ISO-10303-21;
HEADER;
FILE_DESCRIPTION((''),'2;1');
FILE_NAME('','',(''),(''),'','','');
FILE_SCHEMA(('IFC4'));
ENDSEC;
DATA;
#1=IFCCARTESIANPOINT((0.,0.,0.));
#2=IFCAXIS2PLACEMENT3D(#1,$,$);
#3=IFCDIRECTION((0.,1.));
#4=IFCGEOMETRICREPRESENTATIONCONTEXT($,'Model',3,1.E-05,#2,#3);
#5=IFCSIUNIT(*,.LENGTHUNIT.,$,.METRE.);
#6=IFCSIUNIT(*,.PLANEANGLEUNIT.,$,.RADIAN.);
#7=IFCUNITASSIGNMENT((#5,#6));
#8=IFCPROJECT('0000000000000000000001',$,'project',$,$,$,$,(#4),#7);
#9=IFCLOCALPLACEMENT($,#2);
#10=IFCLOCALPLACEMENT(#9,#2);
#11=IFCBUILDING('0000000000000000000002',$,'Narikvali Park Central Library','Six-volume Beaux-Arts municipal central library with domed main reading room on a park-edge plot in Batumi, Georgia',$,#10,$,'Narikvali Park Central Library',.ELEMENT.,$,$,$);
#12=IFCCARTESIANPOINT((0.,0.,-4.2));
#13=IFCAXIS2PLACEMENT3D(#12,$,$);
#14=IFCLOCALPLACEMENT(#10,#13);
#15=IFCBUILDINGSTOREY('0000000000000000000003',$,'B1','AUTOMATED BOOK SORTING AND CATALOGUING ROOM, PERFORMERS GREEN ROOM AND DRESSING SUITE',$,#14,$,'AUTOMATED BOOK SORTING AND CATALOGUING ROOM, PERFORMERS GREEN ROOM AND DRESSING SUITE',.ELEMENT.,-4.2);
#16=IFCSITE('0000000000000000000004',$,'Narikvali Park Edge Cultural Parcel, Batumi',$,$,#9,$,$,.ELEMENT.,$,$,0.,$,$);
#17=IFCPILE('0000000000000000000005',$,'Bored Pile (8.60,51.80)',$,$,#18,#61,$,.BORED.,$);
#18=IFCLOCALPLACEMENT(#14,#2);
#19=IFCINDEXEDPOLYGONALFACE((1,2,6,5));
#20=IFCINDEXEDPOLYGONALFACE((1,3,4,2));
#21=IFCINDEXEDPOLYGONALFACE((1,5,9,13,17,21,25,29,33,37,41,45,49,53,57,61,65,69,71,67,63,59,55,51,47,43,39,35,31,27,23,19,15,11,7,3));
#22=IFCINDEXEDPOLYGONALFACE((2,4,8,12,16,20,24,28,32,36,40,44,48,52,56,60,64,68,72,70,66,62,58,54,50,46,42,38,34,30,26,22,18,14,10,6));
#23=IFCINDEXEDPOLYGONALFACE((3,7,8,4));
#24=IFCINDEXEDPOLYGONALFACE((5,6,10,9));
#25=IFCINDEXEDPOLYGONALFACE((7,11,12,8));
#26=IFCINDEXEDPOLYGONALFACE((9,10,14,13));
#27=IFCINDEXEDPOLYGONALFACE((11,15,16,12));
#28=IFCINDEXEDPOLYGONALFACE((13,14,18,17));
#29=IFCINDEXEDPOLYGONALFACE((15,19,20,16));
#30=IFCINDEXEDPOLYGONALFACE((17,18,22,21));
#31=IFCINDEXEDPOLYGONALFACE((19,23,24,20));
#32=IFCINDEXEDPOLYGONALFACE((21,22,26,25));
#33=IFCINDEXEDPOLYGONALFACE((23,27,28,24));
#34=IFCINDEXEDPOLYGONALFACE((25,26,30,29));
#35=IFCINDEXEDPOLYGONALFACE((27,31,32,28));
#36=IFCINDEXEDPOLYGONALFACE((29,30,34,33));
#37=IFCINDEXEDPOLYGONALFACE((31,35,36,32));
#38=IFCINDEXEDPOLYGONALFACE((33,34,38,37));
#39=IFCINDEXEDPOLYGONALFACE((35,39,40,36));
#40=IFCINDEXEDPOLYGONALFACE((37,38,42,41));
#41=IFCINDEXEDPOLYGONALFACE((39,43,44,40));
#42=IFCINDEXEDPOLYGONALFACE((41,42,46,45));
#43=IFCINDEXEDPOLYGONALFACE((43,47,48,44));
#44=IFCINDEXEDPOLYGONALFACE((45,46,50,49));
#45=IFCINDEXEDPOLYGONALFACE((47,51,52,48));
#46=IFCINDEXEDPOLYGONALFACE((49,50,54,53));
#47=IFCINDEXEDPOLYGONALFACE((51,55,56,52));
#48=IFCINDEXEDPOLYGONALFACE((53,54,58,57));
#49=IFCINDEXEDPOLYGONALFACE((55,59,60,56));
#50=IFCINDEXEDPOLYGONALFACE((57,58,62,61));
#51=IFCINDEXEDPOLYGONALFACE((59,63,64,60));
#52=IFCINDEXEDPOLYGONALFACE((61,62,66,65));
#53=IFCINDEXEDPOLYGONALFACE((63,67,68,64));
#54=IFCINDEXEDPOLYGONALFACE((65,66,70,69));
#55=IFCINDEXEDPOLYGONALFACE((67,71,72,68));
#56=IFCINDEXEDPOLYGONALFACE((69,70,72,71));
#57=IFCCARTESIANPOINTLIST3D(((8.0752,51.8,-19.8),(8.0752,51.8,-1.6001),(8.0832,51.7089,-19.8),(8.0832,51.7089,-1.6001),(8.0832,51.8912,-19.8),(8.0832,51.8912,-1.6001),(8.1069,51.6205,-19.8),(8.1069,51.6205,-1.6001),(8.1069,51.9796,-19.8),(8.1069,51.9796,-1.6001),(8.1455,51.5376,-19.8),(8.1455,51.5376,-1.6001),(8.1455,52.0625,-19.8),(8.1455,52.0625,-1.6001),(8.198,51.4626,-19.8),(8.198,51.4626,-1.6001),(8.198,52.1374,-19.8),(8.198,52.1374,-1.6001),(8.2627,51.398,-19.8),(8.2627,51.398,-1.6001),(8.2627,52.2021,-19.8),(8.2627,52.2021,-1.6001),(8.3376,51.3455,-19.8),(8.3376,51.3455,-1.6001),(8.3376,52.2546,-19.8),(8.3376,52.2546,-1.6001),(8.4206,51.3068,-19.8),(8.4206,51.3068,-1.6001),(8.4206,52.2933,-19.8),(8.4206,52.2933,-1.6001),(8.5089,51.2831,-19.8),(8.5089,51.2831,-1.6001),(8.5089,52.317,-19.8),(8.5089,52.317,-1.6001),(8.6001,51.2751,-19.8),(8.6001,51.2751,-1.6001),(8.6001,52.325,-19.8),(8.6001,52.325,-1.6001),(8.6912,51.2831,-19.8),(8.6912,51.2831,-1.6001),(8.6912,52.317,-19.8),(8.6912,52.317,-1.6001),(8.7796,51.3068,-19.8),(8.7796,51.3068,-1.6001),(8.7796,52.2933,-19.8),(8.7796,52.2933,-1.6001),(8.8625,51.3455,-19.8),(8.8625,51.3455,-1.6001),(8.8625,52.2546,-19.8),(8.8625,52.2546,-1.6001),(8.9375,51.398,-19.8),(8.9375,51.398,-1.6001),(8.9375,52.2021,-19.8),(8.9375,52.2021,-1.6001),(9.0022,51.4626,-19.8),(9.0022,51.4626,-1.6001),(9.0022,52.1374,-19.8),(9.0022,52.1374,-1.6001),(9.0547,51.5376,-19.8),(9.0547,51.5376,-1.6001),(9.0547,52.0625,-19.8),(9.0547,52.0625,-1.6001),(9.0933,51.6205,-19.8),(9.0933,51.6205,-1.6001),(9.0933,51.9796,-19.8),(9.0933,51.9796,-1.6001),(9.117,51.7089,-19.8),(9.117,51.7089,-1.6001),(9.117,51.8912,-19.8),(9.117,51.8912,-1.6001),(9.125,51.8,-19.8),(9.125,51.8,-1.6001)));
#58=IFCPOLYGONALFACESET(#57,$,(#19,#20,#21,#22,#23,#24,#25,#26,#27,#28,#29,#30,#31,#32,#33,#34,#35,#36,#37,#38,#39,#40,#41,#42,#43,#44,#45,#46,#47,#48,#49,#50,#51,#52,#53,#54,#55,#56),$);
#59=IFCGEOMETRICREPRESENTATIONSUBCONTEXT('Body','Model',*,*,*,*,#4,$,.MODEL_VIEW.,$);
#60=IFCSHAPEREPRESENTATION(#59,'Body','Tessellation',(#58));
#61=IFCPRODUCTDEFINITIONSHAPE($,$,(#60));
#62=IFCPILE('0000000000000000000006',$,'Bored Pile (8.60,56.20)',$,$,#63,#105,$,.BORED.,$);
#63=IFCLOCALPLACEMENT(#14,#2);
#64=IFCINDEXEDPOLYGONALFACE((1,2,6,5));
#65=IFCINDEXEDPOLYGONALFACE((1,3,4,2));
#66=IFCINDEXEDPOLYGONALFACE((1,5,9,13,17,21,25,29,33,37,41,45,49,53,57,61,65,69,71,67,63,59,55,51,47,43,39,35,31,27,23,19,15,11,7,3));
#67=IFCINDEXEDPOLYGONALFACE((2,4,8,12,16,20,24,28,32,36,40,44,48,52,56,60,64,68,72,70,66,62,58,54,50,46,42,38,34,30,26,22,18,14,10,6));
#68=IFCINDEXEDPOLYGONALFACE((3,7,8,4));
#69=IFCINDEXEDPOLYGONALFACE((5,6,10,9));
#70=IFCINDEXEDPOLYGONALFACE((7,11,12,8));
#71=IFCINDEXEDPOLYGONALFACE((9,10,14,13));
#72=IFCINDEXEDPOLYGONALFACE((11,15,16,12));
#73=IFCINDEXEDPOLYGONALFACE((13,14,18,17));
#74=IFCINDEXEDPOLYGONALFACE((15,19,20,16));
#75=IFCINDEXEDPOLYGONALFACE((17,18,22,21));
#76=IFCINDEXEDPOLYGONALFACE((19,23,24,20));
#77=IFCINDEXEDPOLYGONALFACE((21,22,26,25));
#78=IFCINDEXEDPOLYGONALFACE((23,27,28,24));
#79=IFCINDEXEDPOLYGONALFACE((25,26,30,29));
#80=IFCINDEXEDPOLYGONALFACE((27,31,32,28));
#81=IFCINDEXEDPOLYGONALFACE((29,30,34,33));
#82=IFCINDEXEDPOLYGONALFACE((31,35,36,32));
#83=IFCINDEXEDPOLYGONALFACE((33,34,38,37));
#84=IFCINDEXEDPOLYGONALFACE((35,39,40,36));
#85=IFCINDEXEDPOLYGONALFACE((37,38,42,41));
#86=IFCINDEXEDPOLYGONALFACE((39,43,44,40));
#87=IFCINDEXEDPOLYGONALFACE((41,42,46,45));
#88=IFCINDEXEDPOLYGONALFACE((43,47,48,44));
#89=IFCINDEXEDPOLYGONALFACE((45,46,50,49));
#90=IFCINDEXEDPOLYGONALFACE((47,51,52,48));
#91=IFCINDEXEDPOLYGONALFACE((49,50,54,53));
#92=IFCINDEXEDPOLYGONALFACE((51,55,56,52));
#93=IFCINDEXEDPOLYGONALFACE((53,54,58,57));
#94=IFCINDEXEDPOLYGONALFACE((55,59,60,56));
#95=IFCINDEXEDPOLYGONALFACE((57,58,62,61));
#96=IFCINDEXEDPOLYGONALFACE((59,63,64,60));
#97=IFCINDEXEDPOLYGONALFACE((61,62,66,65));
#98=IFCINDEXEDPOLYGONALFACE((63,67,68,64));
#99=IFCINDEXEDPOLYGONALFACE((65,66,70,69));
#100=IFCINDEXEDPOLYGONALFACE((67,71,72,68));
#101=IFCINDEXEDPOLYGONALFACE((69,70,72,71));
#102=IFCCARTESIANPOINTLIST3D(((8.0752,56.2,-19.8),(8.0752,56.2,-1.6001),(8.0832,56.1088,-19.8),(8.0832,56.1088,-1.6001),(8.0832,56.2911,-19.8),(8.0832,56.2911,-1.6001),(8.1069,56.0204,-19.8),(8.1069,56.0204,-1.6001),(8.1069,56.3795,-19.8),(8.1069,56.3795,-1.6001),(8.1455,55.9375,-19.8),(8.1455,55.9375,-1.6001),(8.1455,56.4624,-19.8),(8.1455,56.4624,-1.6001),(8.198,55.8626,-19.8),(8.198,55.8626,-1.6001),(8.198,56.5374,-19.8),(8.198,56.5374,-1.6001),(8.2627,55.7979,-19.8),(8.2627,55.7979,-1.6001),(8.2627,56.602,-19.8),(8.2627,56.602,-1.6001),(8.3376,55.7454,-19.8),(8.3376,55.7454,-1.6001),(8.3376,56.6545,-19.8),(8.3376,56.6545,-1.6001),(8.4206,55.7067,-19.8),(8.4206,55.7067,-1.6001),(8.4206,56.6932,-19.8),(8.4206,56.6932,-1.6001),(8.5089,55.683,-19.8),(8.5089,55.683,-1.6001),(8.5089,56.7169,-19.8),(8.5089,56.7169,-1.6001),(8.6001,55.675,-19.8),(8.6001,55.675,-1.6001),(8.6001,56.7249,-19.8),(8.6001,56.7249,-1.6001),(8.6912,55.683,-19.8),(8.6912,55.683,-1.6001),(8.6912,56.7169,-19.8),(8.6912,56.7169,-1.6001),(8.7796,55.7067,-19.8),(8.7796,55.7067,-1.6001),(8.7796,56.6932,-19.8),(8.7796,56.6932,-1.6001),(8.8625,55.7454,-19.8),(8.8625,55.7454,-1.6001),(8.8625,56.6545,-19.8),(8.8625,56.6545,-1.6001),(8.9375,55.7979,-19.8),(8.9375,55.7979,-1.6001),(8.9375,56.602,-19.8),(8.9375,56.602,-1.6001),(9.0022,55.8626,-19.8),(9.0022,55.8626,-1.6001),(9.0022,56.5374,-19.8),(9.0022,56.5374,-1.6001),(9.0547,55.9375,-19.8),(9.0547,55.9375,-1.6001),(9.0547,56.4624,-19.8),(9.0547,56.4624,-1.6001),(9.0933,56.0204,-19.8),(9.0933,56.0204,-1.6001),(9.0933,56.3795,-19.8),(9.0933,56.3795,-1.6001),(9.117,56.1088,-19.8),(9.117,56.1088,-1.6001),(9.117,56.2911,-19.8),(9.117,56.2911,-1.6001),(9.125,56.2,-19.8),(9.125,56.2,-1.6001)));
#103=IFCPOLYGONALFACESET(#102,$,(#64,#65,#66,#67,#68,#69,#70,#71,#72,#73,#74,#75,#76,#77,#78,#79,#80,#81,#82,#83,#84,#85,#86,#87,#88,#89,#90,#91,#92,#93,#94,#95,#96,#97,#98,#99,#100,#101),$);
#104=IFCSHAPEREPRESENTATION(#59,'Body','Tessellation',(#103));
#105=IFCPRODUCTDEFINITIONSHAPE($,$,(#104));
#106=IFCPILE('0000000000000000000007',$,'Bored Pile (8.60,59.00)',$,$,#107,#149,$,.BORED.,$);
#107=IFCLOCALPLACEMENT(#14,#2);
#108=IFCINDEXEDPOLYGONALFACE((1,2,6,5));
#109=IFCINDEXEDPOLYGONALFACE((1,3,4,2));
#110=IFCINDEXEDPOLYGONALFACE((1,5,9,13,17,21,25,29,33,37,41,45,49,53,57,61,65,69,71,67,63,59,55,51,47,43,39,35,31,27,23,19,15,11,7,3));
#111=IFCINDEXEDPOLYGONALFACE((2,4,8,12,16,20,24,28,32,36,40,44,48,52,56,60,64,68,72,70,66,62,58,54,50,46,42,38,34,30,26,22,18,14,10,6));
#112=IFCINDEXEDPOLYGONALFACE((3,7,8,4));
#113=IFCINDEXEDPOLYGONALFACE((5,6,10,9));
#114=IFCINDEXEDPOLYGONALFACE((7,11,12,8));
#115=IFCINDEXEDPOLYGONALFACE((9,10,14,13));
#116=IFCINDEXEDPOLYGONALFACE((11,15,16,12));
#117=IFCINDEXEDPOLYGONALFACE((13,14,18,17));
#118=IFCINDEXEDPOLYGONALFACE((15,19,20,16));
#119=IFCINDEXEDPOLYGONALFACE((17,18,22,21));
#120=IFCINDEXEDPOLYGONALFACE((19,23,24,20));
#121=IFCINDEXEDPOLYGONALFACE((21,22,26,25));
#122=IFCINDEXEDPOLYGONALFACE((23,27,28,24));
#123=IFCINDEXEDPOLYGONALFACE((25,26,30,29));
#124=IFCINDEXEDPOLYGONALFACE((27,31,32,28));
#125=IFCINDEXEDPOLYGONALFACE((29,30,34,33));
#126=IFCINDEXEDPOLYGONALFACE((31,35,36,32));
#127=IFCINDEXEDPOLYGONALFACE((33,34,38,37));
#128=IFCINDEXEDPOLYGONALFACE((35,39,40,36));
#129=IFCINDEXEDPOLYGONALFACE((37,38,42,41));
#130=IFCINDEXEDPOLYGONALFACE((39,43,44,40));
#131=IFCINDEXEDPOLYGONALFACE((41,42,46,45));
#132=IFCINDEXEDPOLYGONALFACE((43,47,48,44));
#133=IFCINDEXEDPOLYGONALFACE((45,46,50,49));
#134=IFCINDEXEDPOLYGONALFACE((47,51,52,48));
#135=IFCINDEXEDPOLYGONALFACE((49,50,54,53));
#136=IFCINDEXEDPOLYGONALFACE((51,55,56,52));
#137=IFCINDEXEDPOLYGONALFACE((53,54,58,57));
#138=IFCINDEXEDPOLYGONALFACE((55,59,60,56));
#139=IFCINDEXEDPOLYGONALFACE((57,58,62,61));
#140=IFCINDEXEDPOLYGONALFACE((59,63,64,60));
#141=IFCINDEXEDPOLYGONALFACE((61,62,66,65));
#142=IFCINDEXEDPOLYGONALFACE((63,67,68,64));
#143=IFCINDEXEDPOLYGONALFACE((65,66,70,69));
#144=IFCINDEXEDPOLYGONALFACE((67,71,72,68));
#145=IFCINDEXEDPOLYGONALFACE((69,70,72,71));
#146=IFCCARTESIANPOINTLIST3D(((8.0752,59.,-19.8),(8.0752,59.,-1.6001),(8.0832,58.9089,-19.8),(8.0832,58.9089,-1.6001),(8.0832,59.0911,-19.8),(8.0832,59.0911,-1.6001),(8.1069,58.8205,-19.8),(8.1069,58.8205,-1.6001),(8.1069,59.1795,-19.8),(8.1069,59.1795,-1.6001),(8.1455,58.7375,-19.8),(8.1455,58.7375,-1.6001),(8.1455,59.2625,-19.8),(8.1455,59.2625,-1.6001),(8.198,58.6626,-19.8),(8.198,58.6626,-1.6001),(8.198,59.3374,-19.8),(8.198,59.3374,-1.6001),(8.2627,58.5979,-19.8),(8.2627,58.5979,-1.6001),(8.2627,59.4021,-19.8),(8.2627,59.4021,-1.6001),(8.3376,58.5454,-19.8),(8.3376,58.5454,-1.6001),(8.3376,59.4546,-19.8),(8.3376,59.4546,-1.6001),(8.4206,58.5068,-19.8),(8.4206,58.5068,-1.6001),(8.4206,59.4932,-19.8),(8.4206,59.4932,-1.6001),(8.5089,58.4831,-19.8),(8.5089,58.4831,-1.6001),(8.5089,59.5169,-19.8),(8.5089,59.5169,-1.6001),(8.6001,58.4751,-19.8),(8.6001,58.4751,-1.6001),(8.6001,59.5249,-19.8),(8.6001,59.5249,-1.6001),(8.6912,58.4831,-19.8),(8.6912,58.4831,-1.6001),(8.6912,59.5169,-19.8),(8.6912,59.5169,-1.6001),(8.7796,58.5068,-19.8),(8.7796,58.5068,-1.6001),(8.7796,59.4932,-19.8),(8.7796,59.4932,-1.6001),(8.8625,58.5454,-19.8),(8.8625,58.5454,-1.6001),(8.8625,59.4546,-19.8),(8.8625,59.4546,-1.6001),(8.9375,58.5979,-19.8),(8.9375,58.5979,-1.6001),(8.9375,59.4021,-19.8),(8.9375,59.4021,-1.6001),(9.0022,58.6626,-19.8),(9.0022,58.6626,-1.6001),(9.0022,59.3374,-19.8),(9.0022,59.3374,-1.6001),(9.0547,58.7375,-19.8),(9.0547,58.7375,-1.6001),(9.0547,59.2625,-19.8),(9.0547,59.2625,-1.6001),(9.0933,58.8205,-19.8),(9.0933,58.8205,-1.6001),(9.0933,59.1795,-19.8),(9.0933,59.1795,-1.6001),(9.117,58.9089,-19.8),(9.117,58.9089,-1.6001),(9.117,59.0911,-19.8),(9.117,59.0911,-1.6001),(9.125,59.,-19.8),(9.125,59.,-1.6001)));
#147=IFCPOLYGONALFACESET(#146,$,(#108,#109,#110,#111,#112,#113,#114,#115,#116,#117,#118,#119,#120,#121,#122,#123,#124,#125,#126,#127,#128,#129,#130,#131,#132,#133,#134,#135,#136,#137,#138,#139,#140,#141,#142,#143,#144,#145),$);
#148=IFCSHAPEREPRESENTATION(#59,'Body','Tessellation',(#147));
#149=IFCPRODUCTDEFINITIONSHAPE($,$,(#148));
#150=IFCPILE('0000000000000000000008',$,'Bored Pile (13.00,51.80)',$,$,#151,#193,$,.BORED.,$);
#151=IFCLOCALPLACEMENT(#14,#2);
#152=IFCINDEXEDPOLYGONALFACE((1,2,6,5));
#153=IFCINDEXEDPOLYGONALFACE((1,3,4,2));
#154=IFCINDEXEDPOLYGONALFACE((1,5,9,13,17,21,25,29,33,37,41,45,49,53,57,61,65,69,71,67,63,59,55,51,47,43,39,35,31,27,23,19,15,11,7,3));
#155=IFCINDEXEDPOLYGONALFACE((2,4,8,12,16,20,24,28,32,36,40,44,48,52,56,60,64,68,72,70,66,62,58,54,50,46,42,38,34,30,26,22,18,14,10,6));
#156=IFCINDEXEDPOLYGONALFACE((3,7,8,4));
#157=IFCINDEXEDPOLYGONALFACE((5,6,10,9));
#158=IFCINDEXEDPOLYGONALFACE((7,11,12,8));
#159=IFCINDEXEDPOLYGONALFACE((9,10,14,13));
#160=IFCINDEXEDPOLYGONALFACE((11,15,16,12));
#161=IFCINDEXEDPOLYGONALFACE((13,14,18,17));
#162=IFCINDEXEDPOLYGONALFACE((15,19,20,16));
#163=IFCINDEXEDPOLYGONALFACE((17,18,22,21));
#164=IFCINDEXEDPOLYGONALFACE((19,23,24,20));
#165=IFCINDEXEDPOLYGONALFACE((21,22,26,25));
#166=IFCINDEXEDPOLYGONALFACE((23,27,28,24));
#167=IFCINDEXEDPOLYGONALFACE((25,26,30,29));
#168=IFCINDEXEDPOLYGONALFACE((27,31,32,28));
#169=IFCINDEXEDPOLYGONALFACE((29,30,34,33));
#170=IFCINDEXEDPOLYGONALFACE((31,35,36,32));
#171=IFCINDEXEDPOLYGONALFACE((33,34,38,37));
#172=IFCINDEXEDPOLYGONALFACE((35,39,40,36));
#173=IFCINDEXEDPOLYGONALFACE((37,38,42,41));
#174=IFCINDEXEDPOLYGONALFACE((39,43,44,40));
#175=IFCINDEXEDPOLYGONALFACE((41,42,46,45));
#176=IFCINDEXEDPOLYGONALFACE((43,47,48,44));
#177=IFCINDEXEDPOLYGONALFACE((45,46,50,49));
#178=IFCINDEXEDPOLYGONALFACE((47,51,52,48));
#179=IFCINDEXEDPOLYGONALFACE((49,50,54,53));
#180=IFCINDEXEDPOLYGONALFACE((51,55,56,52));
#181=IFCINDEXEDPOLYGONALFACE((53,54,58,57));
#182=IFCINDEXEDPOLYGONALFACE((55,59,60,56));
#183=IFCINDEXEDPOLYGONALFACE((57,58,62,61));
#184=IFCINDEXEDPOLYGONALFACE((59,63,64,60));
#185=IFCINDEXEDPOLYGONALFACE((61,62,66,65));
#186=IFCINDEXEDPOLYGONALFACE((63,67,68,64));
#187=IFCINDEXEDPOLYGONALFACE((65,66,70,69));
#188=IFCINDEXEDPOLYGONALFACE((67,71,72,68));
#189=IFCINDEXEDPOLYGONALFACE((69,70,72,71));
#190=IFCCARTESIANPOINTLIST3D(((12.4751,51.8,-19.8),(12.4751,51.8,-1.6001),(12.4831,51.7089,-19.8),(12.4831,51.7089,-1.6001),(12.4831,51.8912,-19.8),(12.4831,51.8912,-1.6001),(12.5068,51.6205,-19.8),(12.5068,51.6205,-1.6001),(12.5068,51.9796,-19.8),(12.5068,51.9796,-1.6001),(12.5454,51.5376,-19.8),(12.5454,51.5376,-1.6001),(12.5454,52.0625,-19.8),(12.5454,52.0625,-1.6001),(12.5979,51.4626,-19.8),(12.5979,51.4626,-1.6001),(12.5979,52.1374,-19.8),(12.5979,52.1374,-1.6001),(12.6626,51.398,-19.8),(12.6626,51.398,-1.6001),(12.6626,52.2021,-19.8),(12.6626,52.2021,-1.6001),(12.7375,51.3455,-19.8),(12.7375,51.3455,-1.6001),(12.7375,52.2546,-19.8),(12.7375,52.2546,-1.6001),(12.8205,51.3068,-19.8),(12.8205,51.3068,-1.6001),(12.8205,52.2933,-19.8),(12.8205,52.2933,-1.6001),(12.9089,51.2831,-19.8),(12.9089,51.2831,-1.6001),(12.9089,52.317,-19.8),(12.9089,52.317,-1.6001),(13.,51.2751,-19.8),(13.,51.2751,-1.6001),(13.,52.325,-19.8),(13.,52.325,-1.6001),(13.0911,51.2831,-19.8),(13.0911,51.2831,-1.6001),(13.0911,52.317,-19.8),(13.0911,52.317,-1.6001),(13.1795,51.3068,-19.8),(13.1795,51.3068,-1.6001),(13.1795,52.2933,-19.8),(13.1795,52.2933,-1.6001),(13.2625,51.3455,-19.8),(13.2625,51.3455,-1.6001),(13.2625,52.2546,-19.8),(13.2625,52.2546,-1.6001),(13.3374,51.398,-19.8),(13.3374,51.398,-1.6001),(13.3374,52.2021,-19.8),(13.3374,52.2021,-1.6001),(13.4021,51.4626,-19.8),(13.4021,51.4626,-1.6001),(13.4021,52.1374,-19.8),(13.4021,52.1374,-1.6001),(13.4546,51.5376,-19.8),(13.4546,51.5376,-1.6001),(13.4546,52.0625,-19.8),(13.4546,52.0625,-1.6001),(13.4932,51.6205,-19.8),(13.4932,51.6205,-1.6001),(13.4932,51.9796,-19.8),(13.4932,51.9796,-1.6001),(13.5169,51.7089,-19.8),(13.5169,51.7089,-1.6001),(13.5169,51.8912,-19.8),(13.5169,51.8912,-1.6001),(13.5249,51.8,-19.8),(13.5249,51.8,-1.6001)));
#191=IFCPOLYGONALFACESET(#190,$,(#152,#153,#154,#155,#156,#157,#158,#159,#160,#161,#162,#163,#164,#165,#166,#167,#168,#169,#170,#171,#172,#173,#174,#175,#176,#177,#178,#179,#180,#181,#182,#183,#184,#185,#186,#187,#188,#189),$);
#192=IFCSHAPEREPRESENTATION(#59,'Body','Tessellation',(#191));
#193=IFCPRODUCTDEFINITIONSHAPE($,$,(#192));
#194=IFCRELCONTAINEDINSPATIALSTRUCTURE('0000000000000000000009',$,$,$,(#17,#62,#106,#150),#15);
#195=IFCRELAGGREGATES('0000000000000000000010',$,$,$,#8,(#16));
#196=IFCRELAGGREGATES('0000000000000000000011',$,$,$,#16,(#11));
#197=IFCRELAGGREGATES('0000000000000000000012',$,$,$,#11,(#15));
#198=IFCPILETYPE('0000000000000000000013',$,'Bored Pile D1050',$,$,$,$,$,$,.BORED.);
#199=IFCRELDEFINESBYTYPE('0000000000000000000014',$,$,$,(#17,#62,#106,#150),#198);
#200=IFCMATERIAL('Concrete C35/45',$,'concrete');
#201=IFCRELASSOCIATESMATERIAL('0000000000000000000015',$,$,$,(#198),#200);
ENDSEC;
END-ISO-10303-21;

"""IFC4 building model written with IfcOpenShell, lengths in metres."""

from ifc_helpers import new_model, si_unit, direction, frame, origin, origin_2d, place, context, subcontext, project, spatial, circle, extrude, material, material_profile, profile_set, type_object, element, save


model = new_model("IFC4")

# Units and contexts
model_context = context("Model", 3, precision=1e-05, world=origin(), true_north=direction((0.0, 1.0)))
body_context = subcontext(model_context, "Body", "Model", "MODEL_VIEW")
ifc_project = project(units=[si_unit("LENGTHUNIT", "METRE"), si_unit("PLANEANGLEUNIT", "RADIAN")], contexts=[model_context])

# Site, building, storey
site_placement = place(None, origin())
site = spatial("IfcSite", under=ifc_project, at=site_placement, Name="Narikvali Park Edge Cultural Parcel, Batumi", CompositionType="ELEMENT", RefElevation=0.0)
building_placement = place(site_placement, origin())
building = spatial("IfcBuilding", under=site, at=building_placement, Name="Narikvali Park Central Library", Description="Six-volume Beaux-Arts municipal central library with domed main reading room on a park-edge plot in Batumi, Georgia", LongName="Narikvali Park Central Library", CompositionType="ELEMENT")
storey_placement = place(building_placement, frame((0.0, 0.0, -4.2)))
storey = spatial("IfcBuildingStorey", under=building, at=storey_placement, Name="B1", Description="AUTOMATED BOOK SORTING AND CATALOGUING ROOM, PERFORMERS GREEN ROOM AND DRESSING SUITE", LongName="AUTOMATED BOOK SORTING AND CATALOGUING ROOM, PERFORMERS GREEN ROOM AND DRESSING SUITE", CompositionType="ELEMENT", Elevation=-4.2)

# Piles
ifc_material_1 = material(Name="Concrete C35/45", Category="concrete")
ifc_material_profile_1 = material_profile(ifc_material_1, circle(Radius=0.5249, at=origin_2d()), Name="PILE D1050")
ifc_profile_set_1 = profile_set([ifc_material_profile_1], Name="Concrete C35/45")
pile_type_1 = type_object("IfcPileType", Name="Bored Pile D1050", PredefinedType="BORED", material=ifc_profile_set_1)
for number, where, z_axis, x_axis, name in (
    (1, (8.6001, 51.8, -1.6001), (0.0, 0.0, -1.0), (1.0, 0.0, 0.0), "Bored Pile (8.60,51.80)"),
    (2, (8.6001, 56.2, -1.6001), (0.0, 0.0, -1.0), (1.0, 0.0, 0.0), "Bored Pile (8.60,56.20)"),
    (3, (8.6001, 59.0, -1.6001), (0.0, 0.0, -1.0), (1.0, 0.0, 0.0), "Bored Pile (8.60,59.00)"),
    (4, (13.0, 51.8, -1.6001), (0.0, 0.0, -1.0), (1.0, 0.0, 0.0), "Bored Pile (13.00,51.80)"),
):
    element("IfcPile", number, at=place(storey_placement, frame(where, z_axis=z_axis, x_axis=x_axis)), inside=storey, type_object=pile_type_1, Name=name, PredefinedType="BORED", context=body_context, shape_type="SweptSolid", body=[
        extrude(circle(Radius=0.5249, at=origin_2d()), origin(), (0.0, 0.0, 1.0), 18.2),
    ])

save(model, "model.ifc")
